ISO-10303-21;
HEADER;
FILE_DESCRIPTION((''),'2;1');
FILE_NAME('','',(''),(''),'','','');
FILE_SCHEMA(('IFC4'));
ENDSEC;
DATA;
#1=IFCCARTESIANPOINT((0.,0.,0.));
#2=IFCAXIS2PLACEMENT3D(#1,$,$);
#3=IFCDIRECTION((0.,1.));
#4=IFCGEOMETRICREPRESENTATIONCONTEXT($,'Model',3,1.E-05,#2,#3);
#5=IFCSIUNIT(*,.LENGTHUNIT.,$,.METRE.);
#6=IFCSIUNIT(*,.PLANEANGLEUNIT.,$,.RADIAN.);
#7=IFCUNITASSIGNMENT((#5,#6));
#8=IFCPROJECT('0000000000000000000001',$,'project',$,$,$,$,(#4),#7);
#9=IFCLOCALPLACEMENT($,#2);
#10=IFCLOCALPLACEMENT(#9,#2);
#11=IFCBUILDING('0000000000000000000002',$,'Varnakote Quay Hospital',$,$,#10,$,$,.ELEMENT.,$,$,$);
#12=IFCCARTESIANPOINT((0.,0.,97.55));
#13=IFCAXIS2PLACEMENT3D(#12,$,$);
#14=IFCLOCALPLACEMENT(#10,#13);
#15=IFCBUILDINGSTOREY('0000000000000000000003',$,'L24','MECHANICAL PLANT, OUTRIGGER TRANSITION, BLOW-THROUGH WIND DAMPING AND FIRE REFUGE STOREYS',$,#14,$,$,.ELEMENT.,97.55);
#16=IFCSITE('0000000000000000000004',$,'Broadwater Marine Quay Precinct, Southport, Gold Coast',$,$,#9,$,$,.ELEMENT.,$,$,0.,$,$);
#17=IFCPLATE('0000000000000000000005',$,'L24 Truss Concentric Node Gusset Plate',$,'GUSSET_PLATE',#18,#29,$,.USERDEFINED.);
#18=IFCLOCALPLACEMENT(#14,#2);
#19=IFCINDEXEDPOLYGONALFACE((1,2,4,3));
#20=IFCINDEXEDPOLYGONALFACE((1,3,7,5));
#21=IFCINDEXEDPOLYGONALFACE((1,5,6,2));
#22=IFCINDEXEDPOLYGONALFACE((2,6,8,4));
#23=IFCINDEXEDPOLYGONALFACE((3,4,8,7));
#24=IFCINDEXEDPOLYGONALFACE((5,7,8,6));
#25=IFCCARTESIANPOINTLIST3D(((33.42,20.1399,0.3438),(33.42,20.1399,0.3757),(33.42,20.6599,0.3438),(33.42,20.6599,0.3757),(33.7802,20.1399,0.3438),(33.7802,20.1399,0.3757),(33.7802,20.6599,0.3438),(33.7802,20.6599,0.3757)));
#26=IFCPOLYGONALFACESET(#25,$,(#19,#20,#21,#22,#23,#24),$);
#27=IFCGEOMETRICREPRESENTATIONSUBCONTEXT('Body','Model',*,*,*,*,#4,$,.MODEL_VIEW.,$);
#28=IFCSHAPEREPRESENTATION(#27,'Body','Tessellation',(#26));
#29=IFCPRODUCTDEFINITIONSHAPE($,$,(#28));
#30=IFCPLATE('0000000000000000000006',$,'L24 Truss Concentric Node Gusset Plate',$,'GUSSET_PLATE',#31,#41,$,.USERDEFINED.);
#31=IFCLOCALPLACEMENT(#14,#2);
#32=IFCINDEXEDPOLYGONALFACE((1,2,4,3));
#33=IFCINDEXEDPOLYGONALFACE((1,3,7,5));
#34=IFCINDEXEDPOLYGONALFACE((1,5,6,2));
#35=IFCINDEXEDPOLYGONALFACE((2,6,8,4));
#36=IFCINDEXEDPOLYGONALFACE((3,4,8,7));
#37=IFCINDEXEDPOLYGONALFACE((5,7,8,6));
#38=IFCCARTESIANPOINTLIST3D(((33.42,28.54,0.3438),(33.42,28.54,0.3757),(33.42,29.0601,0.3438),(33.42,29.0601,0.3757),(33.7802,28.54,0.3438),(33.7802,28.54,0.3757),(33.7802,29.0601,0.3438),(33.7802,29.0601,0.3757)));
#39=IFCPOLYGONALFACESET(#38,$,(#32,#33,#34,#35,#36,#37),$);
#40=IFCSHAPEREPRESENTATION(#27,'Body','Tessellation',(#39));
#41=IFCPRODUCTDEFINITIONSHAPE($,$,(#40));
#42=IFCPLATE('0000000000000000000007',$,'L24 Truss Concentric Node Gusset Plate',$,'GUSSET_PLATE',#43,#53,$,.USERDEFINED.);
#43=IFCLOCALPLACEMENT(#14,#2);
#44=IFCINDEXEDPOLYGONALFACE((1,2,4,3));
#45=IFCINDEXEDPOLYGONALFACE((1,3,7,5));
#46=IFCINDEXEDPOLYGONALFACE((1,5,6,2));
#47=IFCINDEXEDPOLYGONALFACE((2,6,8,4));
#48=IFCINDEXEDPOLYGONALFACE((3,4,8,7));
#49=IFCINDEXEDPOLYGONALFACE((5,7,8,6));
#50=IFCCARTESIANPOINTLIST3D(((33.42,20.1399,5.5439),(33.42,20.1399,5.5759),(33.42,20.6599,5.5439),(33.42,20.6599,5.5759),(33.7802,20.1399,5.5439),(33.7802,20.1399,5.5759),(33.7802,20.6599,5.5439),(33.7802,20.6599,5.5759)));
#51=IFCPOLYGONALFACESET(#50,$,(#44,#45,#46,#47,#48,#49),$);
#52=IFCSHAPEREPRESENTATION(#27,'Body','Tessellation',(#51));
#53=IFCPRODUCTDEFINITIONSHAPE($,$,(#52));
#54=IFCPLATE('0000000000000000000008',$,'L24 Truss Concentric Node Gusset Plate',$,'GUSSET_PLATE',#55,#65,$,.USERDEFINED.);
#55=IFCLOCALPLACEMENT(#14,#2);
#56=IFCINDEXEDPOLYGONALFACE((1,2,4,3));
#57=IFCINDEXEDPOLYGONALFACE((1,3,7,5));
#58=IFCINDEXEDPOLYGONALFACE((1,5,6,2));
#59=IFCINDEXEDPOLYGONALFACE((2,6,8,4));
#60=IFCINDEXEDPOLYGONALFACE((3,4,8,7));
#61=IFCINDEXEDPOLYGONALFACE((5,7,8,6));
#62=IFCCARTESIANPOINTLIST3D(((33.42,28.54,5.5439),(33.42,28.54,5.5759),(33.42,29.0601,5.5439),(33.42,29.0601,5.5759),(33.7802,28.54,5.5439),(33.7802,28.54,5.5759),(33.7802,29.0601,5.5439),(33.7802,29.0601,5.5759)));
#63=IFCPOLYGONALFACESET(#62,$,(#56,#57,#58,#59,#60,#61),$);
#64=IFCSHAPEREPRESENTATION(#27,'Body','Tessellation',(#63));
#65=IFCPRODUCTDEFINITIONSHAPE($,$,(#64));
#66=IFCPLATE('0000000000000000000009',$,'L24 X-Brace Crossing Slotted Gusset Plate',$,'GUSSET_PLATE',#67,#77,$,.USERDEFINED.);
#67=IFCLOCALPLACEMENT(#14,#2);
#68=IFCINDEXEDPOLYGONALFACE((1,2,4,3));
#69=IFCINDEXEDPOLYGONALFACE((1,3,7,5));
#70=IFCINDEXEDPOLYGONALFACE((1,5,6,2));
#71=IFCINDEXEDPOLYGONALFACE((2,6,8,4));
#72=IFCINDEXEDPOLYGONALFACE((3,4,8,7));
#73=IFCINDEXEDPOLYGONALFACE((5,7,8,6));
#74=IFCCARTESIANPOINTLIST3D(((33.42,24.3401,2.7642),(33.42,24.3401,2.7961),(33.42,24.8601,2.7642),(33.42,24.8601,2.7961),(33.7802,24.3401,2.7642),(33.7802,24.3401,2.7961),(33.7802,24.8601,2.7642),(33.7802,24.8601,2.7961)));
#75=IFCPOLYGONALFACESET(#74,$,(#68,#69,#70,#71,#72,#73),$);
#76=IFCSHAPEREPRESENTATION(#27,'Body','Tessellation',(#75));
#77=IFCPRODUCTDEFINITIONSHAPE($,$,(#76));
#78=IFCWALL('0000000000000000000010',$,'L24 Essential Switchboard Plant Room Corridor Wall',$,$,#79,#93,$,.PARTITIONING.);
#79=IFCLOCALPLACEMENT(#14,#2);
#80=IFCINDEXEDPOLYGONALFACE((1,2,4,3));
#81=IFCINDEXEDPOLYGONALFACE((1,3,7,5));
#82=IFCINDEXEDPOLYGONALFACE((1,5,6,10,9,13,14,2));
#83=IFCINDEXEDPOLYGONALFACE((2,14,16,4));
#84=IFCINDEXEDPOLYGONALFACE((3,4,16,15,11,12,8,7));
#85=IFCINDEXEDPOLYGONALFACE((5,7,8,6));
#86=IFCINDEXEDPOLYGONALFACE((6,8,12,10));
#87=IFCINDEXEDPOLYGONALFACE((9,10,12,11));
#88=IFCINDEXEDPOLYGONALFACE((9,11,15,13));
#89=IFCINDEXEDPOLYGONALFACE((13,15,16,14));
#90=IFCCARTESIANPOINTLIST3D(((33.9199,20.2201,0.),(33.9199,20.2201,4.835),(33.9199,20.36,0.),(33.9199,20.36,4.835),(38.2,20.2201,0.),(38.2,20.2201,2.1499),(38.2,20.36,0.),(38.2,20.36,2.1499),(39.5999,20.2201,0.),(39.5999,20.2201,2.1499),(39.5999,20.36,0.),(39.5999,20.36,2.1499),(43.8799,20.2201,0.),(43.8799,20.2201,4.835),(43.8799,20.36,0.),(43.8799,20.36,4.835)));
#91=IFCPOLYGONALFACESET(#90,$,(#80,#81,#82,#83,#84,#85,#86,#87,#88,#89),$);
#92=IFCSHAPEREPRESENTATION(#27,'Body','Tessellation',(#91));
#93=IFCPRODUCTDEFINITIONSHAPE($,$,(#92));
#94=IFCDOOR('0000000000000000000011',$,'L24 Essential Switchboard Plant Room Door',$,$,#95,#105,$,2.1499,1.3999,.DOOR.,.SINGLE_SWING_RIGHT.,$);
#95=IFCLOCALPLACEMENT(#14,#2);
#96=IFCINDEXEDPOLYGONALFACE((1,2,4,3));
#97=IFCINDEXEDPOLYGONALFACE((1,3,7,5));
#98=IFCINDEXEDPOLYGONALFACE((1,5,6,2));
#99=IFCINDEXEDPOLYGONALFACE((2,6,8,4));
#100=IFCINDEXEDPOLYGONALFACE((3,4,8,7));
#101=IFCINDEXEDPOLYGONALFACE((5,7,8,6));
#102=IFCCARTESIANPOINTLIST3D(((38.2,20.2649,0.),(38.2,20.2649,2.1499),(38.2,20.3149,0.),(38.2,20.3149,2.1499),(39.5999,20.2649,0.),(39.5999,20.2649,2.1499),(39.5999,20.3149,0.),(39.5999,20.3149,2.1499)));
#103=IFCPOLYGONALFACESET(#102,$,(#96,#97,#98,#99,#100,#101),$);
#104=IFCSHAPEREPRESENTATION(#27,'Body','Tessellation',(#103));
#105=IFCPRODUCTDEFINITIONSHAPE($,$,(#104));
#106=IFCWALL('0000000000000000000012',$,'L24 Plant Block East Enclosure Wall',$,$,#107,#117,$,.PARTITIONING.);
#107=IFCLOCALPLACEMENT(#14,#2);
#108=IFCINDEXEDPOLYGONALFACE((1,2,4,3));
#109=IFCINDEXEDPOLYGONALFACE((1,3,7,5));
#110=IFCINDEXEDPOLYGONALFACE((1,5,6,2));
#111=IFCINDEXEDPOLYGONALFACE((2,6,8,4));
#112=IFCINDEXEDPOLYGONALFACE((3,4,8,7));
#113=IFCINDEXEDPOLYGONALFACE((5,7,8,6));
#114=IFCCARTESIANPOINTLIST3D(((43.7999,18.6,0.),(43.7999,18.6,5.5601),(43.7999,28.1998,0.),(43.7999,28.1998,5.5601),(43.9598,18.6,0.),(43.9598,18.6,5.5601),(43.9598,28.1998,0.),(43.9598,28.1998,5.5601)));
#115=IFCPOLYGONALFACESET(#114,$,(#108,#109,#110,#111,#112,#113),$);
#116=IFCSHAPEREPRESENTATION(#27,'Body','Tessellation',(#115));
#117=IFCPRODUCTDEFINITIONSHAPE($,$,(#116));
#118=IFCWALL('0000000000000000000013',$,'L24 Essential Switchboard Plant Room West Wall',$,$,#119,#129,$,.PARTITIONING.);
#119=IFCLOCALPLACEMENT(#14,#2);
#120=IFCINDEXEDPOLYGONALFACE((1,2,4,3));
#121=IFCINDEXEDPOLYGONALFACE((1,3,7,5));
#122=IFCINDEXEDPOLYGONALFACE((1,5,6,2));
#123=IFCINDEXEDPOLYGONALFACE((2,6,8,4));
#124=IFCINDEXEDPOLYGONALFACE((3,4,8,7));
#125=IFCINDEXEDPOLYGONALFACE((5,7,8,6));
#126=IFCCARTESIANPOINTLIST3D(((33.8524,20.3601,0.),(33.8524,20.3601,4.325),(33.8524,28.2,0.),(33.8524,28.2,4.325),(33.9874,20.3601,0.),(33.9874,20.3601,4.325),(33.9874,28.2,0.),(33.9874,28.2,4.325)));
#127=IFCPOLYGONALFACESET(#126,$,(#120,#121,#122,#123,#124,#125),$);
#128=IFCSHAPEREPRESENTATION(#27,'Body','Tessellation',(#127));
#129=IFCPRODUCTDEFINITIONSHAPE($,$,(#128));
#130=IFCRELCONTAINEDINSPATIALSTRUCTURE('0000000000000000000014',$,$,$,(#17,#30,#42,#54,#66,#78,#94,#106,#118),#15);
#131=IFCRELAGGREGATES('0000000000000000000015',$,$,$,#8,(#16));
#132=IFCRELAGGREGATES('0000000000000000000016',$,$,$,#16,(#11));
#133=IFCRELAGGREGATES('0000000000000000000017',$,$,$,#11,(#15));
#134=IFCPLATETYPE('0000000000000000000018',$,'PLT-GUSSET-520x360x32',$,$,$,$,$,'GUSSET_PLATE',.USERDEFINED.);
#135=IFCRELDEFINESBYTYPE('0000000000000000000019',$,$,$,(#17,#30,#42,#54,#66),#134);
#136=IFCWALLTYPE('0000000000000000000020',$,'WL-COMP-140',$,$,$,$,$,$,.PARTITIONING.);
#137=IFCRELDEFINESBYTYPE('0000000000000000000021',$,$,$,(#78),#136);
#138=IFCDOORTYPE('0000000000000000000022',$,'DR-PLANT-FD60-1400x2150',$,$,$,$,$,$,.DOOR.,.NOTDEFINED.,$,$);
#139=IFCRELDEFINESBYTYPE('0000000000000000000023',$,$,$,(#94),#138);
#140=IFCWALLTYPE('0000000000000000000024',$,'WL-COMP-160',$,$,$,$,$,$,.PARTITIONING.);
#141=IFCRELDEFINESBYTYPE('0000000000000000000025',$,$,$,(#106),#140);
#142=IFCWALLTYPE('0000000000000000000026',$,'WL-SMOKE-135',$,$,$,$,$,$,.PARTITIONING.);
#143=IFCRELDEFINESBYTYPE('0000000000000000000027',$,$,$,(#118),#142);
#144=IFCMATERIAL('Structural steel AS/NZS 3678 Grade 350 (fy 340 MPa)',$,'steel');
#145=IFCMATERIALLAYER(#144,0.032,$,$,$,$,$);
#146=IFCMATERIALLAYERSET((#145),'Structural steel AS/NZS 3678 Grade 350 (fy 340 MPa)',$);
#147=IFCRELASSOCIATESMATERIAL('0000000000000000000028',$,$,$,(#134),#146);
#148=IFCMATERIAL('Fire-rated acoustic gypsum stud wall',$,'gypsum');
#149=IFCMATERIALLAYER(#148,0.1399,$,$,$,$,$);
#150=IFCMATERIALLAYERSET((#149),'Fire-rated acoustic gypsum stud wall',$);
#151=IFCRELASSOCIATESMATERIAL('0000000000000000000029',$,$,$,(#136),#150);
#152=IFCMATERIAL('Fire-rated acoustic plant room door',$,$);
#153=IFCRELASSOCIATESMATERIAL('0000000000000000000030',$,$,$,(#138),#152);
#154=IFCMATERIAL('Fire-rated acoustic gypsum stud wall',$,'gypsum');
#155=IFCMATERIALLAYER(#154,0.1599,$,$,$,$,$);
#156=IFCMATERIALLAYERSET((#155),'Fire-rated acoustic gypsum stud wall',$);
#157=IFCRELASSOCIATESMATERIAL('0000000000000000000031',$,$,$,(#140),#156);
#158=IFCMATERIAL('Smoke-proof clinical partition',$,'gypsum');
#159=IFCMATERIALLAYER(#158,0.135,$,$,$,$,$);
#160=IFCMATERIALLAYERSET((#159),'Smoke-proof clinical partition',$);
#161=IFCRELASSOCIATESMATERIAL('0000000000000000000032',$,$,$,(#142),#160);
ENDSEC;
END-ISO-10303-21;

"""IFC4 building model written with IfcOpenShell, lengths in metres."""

from ifc_helpers import new_model, si_unit, direction, frame, frame_2d, origin, origin_2d, place, context, subcontext, project, spatial, rectangle, extrude, material, layer, layer_set, type_object, element, fill, save


model = new_model("IFC4")

# Units and contexts
model_context = context("Model", 3, precision=1e-05, world=origin(), true_north=direction((0.0, 1.0)))
body_context = subcontext(model_context, "Body", "Model", "MODEL_VIEW")
ifc_project = project(units=[si_unit("LENGTHUNIT", "METRE"), si_unit("PLANEANGLEUNIT", "RADIAN")], contexts=[model_context])

# Site, building, storey
site_placement = place(None, origin())
site = spatial("IfcSite", under=ifc_project, at=site_placement, Name="Broadwater Marine Quay Precinct, Southport, Gold Coast", CompositionType="ELEMENT", RefElevation=0.0)
building_placement = place(site_placement, origin())
building = spatial("IfcBuilding", under=site, at=building_placement, Name="Varnakote Quay Hospital", CompositionType="ELEMENT")
storey_placement = place(building_placement, frame((0.0, 0.0, 97.55)))
storey = spatial("IfcBuildingStorey", under=building, at=storey_placement, Name="L24", Description="MECHANICAL PLANT, OUTRIGGER TRANSITION, BLOW-THROUGH WIND DAMPING AND FIRE REFUGE STOREYS", CompositionType="ELEMENT", Elevation=97.55)

# Plates
ifc_material_1 = material(Name="Structural steel AS/NZS 3678 Grade 350 (fy 340 MPa)", Category="steel")
ifc_layer_1 = layer(ifc_material_1, 0.032)
ifc_layer_set_1 = layer_set([ifc_layer_1], Name="Structural steel AS/NZS 3678 Grade 350 (fy 340 MPa)")
plate_type_1 = type_object("IfcPlateType", Name="PLT-GUSSET-520x360x32", ElementType="GUSSET_PLATE", PredefinedType="USERDEFINED", material=ifc_layer_set_1)
for number, where, z_axis, x_axis, name in (
    (1, (33.6001, 20.3999, 0.3438), (0.0, 0.0, 1.0), (0.0, 1.0, 0.0), "L24 Truss Concentric Node Gusset Plate"),
    (2, (33.6001, 28.8, 0.3438), (0.0, 0.0, 1.0), (0.0, 1.0, 0.0), "L24 Truss Concentric Node Gusset Plate"),
    (3, (33.6001, 20.3999, 5.5439), (0.0, 0.0, 1.0), (0.0, 1.0, 0.0), "L24 Truss Concentric Node Gusset Plate"),
    (4, (33.6001, 28.8, 5.5439), (0.0, 0.0, 1.0), (0.0, 1.0, 0.0), "L24 Truss Concentric Node Gusset Plate"),
    (5, (33.6001, 24.6001, 2.7642), (0.0, 0.0, 1.0), (0.0, 1.0, 0.0), "L24 X-Brace Crossing Slotted Gusset Plate"),
):
    element("IfcPlate", number, at=place(storey_placement, frame(where, z_axis=z_axis, x_axis=x_axis)), inside=storey, type_object=plate_type_1, Name=name, ObjectType="GUSSET_PLATE", PredefinedType="USERDEFINED", context=body_context, shape_type="SweptSolid", body=[
        extrude(rectangle(XDim=0.52, YDim=0.3601, at=origin_2d()), origin(), (0.0, 0.0, 1.0), 0.032),
    ])

# Wall, opening, door
ifc_material_2 = material(Name="Fire-rated acoustic gypsum stud wall", Category="gypsum")
ifc_layer_2 = layer(ifc_material_2, 0.1399)
ifc_layer_set_2 = layer_set([ifc_layer_2], Name="Fire-rated acoustic gypsum stud wall")
wall_type_1 = type_object("IfcWallType", Name="WL-COMP-140", PredefinedType="PARTITIONING", material=ifc_layer_set_2)
wall_1_placement = place(storey_placement, frame((33.9199, 20.29, 0.0), z_axis=(0.0, 0.0, 1.0), x_axis=(1.0, 0.0, 0.0)))
wall_1 = element("IfcWall", 6, at=wall_1_placement, inside=storey, type_object=wall_type_1, Name="L24 Essential Switchboard Plant Room Corridor Wall", PredefinedType="PARTITIONING", context=body_context, shape_type="SweptSolid", body=[
    extrude(rectangle(XDim=9.96, YDim=0.1399, at=frame_2d((4.98, 0.0))), origin(), (0.0, 0.0, 1.0), 4.835),
])
opening_placement = place(wall_1_placement, frame((4.28, 0.0, 0.0)))
opening = element("IfcOpeningElement", 7, at=opening_placement, cuts=wall_1, PredefinedType="OPENING", context=body_context, shape_type="SweptSolid", body=[
    extrude(rectangle(XDim=1.3999, YDim=2.1499, at=frame_2d((0.7, 1.075))), frame((0.0, 0.0798, 0.0), z_axis=(0.0, -1.0, 0.0), x_axis=(1.0, 0.0, 0.0)), (0.0, 0.0, 1.0), 0.1599),
])
ifc_material_3 = material(Name="Fire-rated acoustic plant room door")
door_type = type_object("IfcDoorType", Name="DR-PLANT-FD60-1400x2150", OperationType="NOTDEFINED", PredefinedType="DOOR", material=ifc_material_3)
door_placement = place(opening_placement, origin())
door = element("IfcDoor", 8, at=door_placement, inside=storey, type_object=door_type, Name="L24 Essential Switchboard Plant Room Door", OperationType="SINGLE_SWING_RIGHT", OverallHeight=2.1499, OverallWidth=1.3999, PredefinedType="DOOR", context=body_context, shape_type="SweptSolid", body=[
    extrude(rectangle(XDim=1.3999, YDim=2.1499, at=frame_2d((0.7, 1.075))), frame((0.0, 0.0249, 0.0), z_axis=(0.0, -1.0, 0.0), x_axis=(1.0, 0.0, 0.0)), (0.0, 0.0, 1.0), 0.05),
])
fill(opening, door)

# Walls
ifc_material_4 = material(Name="Fire-rated acoustic gypsum stud wall", Category="gypsum")
ifc_layer_3 = layer(ifc_material_4, 0.1599)
ifc_layer_set_3 = layer_set([ifc_layer_3], Name="Fire-rated acoustic gypsum stud wall")
wall_type_2 = type_object("IfcWallType", Name="WL-COMP-160", PredefinedType="PARTITIONING", material=ifc_layer_set_3)
wall_2_placement = place(storey_placement, frame((43.8799, 18.6001, 0.0), z_axis=(0.0, 0.0, 1.0), x_axis=(0.0, 1.0, 0.0)))
element("IfcWall", 9, at=wall_2_placement, inside=storey, type_object=wall_type_2, Name="L24 Plant Block East Enclosure Wall", PredefinedType="PARTITIONING", context=body_context, shape_type="SweptSolid", body=[
    extrude(rectangle(XDim=9.5999, YDim=0.1599, at=frame_2d((4.7998, 0.0))), origin(), (0.0, 0.0, 1.0), 5.5601),
])
ifc_material_5 = material(Name="Smoke-proof clinical partition", Category="gypsum")
ifc_layer_4 = layer(ifc_material_5, 0.135)
ifc_layer_set_4 = layer_set([ifc_layer_4], Name="Smoke-proof clinical partition")
wall_type_3 = type_object("IfcWallType", Name="WL-SMOKE-135", PredefinedType="PARTITIONING", material=ifc_layer_set_4)
wall_3_placement = place(storey_placement, frame((33.9199, 20.3601, 0.0), z_axis=(0.0, 0.0, 1.0), x_axis=(0.0, 1.0, 0.0)))
element("IfcWall", 10, at=wall_3_placement, inside=storey, type_object=wall_type_3, Name="L24 Essential Switchboard Plant Room West Wall", PredefinedType="PARTITIONING", context=body_context, shape_type="SweptSolid", body=[
    extrude(rectangle(XDim=7.8398, YDim=0.135, at=frame_2d((3.9199, 0.0))), origin(), (0.0, 0.0, 1.0), 4.325),
])

save(model, "model.ifc")
